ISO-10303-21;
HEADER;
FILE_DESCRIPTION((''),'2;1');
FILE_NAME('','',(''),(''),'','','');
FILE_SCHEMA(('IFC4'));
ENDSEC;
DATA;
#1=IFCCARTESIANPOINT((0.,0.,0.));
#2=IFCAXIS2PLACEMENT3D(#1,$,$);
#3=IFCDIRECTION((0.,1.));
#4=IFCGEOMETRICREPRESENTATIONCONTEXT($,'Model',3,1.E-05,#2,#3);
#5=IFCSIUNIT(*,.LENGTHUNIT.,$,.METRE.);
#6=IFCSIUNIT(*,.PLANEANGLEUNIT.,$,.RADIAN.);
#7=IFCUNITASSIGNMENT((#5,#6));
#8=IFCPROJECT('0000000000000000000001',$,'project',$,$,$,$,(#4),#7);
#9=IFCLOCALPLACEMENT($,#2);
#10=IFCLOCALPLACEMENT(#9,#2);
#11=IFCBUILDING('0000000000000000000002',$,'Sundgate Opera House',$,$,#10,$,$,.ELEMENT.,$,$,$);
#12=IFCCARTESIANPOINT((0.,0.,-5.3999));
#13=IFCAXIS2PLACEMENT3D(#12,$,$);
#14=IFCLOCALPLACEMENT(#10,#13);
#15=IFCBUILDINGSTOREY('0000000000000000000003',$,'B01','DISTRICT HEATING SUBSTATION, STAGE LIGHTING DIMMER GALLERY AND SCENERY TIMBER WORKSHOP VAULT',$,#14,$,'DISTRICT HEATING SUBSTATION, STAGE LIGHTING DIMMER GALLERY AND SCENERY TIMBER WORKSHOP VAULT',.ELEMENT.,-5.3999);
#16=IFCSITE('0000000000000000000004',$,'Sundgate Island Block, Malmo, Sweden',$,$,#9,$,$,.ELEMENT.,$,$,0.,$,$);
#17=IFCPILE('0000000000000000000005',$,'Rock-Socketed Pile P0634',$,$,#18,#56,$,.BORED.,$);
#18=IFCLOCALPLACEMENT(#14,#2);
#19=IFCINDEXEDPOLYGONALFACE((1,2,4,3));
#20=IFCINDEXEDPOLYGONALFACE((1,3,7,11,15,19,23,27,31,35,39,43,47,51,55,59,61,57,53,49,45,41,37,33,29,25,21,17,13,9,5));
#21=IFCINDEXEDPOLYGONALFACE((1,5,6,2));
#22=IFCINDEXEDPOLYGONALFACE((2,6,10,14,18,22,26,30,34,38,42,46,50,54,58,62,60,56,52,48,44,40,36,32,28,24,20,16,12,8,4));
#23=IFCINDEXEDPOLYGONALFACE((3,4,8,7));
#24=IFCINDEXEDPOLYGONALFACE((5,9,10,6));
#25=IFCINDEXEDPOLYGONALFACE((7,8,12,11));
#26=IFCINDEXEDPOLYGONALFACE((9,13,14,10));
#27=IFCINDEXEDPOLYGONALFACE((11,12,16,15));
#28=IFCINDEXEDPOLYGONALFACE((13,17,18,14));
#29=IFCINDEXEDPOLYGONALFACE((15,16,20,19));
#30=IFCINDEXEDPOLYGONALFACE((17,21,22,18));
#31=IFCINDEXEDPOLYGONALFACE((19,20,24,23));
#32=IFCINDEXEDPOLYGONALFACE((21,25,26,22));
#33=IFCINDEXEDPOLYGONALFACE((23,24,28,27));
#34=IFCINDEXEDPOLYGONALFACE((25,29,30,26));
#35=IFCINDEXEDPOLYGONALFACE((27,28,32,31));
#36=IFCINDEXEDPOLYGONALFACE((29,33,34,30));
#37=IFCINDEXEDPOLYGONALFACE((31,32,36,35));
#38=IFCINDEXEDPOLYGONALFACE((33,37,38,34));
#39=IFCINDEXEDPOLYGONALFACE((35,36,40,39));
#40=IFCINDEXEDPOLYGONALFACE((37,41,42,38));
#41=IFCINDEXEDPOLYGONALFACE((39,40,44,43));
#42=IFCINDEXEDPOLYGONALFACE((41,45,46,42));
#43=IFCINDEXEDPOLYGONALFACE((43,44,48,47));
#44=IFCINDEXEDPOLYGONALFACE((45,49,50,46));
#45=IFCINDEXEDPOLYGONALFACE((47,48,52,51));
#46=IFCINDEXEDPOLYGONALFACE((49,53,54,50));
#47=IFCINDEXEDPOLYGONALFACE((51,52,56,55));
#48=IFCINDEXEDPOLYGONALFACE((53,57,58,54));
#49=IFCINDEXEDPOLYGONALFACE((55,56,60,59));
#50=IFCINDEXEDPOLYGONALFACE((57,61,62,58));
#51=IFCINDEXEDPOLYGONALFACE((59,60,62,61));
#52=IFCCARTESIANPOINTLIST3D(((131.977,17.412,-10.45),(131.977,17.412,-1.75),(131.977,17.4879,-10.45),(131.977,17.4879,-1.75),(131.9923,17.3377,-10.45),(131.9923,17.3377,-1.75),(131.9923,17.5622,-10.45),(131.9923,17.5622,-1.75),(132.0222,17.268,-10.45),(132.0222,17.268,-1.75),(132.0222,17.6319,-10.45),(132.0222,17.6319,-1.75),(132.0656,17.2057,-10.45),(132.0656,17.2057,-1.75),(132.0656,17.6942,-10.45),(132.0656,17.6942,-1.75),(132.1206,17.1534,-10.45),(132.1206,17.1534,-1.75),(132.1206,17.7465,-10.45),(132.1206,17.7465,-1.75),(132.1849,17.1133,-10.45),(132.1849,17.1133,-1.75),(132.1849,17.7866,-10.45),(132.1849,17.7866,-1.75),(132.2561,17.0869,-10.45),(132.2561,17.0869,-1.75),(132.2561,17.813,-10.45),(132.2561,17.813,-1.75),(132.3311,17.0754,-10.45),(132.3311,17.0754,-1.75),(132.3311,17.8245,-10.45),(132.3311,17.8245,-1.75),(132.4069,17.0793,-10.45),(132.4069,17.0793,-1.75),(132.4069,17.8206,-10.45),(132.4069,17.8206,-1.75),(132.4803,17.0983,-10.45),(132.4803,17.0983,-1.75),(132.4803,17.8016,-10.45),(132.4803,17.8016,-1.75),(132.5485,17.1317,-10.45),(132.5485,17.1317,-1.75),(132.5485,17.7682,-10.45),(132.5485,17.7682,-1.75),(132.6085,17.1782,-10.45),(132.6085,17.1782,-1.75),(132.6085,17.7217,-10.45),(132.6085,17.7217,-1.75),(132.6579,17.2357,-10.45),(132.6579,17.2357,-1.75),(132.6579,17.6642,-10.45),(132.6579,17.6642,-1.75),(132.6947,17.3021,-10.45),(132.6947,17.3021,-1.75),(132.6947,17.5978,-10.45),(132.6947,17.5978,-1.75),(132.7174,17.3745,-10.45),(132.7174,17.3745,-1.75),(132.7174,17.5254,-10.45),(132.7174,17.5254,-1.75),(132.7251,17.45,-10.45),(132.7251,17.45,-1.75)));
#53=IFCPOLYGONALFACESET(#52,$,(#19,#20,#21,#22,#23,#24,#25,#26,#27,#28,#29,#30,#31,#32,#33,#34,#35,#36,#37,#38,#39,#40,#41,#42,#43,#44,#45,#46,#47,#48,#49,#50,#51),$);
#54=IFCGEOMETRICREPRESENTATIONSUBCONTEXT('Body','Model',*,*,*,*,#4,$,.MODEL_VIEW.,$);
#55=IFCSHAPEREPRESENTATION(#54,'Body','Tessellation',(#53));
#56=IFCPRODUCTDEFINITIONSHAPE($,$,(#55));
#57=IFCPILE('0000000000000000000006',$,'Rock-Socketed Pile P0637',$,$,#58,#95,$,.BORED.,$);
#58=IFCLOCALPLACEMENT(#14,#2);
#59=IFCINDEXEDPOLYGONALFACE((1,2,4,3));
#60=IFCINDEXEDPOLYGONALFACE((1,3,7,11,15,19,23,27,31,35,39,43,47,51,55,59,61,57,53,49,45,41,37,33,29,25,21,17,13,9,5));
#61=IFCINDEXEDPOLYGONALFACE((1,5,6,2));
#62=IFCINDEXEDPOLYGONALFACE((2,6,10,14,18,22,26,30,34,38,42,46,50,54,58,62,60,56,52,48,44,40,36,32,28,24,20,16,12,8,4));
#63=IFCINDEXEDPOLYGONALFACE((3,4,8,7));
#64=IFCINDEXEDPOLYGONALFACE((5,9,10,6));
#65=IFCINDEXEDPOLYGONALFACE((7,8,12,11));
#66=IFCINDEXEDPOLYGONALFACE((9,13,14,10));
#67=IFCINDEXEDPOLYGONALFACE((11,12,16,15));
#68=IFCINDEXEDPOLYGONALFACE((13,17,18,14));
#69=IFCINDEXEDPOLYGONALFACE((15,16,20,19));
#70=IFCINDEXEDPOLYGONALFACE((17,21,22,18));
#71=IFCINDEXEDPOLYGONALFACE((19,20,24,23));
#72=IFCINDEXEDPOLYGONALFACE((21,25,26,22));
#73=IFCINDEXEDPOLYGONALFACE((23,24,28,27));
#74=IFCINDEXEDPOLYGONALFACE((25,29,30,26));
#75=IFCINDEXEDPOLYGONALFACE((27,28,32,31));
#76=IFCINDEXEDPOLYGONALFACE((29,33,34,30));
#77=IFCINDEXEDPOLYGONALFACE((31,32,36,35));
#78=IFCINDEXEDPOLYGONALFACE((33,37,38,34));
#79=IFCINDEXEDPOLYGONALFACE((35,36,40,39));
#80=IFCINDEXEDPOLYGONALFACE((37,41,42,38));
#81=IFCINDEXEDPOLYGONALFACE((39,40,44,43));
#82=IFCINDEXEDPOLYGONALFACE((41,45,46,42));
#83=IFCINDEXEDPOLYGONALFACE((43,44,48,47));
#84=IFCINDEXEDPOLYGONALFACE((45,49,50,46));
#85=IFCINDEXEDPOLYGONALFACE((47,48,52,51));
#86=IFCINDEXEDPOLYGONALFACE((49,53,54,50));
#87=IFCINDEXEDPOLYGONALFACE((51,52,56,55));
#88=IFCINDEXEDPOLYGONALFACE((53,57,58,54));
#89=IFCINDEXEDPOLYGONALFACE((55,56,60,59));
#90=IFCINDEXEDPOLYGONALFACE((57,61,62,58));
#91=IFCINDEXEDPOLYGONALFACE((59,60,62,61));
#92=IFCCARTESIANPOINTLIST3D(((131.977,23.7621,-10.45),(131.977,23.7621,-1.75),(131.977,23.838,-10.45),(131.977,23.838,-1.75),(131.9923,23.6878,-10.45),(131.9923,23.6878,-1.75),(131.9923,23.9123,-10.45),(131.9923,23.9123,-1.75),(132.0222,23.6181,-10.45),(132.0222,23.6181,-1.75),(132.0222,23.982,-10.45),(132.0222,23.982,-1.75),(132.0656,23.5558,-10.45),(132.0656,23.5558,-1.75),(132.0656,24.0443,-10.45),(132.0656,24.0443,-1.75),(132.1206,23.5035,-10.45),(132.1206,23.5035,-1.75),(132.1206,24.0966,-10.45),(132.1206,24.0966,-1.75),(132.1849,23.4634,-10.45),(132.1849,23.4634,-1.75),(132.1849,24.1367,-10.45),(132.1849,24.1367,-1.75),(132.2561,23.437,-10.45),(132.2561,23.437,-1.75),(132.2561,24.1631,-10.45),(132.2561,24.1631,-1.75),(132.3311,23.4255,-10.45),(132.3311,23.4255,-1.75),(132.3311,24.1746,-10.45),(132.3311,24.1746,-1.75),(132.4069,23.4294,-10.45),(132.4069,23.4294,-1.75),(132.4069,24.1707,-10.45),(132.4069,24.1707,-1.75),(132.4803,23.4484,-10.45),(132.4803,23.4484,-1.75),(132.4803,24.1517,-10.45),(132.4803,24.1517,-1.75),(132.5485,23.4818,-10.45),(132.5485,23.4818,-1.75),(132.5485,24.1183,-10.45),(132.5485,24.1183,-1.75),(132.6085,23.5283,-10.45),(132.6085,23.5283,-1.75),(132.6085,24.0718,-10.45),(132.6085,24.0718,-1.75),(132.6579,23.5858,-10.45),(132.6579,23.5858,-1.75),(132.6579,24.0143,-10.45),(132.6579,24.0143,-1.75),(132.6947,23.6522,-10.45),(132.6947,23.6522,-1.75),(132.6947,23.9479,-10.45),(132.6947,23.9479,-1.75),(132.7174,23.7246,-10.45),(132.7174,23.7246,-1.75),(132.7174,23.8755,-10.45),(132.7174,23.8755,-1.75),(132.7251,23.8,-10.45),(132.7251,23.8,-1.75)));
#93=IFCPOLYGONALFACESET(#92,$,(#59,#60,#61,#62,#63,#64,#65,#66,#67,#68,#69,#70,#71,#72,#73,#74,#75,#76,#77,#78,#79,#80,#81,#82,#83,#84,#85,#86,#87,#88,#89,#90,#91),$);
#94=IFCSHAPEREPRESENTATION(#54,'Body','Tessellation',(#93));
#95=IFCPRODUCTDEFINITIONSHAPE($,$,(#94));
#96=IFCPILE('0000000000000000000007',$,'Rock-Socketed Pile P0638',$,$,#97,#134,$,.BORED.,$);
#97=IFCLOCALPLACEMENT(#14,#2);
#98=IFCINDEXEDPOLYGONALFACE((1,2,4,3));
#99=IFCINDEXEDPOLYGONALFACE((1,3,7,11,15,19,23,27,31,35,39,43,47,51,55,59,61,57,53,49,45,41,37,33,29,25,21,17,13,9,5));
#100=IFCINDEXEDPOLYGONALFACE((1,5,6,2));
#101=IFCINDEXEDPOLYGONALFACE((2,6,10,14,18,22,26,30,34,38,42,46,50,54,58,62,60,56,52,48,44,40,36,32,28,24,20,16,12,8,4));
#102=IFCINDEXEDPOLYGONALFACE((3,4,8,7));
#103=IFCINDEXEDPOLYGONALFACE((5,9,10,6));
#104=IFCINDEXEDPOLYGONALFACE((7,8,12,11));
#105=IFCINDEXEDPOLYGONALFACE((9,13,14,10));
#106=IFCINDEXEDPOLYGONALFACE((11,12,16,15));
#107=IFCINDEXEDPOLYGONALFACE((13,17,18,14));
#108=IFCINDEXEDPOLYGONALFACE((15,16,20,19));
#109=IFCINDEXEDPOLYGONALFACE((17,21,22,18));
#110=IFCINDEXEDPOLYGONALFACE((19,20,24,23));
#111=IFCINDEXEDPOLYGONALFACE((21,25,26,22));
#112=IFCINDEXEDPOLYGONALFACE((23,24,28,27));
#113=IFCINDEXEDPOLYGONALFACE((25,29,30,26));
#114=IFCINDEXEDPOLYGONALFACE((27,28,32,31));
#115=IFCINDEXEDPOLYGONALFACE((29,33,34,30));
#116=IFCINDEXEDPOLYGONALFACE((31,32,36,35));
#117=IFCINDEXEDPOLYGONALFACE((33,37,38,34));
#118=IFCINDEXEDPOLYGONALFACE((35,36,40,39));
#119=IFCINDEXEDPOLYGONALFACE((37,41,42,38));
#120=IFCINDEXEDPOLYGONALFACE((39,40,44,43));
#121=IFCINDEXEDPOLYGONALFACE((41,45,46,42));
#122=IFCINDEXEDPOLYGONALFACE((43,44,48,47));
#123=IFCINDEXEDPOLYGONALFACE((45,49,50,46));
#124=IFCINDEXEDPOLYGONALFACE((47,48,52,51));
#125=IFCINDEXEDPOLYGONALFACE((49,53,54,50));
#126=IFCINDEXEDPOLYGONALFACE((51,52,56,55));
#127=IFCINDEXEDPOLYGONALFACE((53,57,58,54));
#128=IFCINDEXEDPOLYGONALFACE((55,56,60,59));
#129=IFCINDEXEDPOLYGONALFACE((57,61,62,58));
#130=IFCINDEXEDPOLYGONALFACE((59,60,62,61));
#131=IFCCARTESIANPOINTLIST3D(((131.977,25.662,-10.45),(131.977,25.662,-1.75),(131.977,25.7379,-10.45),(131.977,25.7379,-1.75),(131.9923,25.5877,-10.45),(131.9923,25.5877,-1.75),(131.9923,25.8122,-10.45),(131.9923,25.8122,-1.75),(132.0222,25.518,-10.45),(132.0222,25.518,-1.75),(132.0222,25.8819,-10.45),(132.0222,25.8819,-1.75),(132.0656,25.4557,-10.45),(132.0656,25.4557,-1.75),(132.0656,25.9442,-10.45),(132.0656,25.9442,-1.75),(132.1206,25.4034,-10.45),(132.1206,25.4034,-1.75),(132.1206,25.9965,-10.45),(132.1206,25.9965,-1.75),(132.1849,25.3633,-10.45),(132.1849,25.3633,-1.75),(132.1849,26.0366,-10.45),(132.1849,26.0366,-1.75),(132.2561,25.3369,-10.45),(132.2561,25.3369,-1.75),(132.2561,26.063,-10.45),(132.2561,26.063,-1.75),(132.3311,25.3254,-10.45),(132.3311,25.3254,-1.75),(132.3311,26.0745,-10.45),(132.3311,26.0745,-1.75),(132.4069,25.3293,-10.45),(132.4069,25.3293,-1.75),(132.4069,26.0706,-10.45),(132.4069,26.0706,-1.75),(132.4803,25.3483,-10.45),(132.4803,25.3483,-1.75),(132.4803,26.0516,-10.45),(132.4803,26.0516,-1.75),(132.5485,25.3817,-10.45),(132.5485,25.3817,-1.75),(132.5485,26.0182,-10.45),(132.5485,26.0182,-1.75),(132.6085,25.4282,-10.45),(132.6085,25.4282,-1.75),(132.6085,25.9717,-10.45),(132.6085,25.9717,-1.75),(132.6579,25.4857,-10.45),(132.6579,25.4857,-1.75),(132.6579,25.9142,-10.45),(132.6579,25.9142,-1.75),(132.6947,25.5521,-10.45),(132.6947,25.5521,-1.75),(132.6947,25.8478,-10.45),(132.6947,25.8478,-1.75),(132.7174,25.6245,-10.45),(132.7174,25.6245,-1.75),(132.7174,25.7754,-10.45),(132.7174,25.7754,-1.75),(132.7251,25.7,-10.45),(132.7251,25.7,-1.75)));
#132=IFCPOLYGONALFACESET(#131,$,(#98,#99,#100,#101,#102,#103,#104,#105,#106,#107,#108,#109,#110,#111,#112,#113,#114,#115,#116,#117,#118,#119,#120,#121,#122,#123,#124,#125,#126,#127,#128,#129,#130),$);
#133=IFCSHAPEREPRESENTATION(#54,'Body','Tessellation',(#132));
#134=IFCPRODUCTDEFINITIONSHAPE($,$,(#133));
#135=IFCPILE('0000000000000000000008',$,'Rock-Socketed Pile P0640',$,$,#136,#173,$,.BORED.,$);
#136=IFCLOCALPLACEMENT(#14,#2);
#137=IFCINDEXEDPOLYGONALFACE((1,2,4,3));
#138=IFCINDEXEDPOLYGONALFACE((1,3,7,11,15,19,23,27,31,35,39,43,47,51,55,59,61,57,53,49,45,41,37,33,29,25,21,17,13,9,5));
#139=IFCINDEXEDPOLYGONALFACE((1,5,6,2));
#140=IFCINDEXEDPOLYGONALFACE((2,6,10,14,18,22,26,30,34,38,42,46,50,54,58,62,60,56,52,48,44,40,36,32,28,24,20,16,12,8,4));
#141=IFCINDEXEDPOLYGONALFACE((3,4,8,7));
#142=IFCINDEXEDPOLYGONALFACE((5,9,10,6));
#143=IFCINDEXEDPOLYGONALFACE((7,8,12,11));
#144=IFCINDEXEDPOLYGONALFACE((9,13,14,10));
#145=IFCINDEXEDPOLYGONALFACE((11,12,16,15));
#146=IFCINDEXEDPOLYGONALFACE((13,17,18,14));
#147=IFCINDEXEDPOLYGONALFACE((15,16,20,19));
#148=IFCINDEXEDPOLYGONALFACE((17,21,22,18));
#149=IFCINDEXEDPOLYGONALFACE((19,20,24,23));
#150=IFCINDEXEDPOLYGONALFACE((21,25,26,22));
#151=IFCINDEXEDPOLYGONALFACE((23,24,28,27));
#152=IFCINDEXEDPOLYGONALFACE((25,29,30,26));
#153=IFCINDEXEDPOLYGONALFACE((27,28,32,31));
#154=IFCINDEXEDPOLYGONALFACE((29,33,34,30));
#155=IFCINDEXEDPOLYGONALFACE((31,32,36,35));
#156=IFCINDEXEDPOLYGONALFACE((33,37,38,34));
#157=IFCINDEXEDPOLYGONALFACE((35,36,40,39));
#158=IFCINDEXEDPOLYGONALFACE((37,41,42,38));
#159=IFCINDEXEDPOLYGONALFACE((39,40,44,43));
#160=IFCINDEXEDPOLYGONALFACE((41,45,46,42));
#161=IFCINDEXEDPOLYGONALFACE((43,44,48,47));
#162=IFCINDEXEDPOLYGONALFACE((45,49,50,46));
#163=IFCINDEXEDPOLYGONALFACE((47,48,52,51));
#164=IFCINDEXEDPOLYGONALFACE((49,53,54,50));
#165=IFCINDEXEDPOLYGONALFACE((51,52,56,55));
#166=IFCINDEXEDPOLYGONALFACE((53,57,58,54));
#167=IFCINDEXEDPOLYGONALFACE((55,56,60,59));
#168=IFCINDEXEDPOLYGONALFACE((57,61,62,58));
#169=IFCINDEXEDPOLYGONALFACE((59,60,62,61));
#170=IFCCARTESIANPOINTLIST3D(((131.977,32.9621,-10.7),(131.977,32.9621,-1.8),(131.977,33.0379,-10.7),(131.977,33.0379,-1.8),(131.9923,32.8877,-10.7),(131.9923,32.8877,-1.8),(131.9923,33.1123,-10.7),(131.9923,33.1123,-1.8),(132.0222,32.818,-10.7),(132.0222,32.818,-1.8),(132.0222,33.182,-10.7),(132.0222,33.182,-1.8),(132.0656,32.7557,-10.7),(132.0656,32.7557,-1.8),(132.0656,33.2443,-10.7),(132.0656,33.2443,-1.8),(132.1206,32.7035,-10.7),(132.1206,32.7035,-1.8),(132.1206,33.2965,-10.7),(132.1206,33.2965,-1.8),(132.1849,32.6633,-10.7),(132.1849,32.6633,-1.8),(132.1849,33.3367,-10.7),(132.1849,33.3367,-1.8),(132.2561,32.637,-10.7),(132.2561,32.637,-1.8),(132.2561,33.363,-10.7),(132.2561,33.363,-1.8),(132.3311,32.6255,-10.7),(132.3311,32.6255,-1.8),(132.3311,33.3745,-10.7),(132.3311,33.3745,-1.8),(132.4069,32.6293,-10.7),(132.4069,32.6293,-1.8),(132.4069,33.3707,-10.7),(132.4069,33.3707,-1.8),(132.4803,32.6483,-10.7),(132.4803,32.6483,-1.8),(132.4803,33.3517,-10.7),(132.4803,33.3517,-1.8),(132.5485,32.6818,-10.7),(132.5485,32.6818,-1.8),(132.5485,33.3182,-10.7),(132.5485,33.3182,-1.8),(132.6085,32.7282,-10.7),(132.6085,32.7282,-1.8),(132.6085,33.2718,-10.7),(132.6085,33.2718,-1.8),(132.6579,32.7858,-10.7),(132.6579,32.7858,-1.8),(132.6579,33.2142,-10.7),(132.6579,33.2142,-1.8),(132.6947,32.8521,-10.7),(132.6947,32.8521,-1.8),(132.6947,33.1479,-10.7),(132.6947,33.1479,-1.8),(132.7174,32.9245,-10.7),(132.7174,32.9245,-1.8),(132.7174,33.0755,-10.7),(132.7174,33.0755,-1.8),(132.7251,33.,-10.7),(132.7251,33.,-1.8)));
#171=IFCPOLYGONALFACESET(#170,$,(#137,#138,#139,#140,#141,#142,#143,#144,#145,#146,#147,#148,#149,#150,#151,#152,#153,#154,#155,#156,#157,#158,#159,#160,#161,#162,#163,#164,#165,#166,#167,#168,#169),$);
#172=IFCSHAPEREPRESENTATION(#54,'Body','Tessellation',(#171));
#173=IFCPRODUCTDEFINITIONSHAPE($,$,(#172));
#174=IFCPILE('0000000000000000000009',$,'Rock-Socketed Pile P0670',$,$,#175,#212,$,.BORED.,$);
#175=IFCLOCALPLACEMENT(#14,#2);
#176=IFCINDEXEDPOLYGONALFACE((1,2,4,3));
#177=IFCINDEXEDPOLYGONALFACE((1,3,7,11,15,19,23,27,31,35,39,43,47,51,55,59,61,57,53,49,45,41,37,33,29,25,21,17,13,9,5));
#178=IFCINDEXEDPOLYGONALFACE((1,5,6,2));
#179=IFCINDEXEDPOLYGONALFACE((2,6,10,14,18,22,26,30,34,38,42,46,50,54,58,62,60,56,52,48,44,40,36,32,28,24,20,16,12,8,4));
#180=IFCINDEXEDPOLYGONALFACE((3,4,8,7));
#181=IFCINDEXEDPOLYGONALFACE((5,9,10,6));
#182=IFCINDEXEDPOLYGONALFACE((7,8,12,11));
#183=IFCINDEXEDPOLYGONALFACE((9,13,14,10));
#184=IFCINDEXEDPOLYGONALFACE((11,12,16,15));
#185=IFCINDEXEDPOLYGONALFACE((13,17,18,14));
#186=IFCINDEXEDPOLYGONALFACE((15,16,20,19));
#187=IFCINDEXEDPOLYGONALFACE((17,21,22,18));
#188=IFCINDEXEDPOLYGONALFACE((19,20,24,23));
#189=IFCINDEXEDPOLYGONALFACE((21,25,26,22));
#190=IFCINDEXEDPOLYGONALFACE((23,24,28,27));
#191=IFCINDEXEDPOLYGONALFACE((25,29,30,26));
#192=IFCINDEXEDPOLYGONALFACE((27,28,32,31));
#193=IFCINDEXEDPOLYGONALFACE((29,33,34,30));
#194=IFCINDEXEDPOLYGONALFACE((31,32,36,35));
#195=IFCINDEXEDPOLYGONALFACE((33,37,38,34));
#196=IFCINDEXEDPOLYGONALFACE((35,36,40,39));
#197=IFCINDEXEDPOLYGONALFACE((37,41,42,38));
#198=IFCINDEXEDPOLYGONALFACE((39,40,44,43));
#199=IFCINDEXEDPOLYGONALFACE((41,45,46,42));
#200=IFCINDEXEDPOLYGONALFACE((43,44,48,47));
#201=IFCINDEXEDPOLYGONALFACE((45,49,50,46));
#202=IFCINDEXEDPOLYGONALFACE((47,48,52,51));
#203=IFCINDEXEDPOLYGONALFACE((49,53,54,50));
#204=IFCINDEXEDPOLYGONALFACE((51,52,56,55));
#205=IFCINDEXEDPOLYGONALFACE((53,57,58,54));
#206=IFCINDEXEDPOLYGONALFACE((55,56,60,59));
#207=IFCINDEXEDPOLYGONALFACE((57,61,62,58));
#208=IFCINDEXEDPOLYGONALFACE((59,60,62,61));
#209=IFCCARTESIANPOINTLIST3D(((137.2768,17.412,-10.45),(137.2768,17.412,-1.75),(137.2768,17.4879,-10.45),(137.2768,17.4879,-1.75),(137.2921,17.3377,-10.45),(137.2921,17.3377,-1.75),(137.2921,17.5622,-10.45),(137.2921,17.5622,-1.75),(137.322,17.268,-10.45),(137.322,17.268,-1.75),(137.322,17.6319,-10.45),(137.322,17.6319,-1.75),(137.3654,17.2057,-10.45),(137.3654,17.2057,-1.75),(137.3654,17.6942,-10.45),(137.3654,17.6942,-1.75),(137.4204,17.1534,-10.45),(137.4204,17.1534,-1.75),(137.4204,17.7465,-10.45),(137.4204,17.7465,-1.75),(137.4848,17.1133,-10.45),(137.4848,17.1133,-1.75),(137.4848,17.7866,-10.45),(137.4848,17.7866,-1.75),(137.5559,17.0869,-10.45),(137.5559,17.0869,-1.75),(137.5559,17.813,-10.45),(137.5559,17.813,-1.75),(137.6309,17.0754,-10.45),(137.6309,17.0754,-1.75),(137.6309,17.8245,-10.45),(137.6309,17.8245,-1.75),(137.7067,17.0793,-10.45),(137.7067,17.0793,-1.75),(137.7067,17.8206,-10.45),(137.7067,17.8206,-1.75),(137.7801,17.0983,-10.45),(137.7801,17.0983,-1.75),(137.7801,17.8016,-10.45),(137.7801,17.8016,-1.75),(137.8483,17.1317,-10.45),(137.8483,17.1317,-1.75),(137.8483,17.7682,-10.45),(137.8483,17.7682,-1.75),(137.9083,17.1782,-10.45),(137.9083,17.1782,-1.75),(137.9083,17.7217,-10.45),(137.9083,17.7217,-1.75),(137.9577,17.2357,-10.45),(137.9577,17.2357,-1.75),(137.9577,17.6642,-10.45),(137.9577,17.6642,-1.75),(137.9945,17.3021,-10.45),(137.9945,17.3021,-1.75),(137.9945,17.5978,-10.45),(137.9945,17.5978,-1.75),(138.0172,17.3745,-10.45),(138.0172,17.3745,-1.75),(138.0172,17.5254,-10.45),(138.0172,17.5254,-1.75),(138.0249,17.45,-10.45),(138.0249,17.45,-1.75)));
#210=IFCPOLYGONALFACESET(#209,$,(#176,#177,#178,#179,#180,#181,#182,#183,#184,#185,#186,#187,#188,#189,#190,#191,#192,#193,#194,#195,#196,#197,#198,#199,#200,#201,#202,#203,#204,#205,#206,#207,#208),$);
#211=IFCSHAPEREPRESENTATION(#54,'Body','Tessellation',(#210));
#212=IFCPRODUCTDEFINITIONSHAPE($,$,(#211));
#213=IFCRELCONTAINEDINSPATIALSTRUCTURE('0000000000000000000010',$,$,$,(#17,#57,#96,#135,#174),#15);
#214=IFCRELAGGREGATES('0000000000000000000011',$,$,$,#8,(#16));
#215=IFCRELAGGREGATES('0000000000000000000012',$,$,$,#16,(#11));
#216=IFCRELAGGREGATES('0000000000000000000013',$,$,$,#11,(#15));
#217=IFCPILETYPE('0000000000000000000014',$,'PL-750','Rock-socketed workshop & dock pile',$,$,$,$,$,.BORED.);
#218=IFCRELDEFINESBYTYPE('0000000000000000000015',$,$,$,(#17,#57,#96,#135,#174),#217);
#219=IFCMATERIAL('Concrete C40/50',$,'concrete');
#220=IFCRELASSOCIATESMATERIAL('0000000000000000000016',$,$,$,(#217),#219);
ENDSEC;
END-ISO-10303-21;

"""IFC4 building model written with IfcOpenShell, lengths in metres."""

from ifc_helpers import new_model, si_unit, direction, frame, origin, origin_2d, place, context, subcontext, project, spatial, circle, extrude, material, material_profile, profile_set, type_object, element, save


model = new_model("IFC4")

# Units and contexts
model_context = context("Model", 3, precision=1e-05, world=origin(), true_north=direction((0.0, 1.0)))
body_context = subcontext(model_context, "Body", "Model", "MODEL_VIEW")
ifc_project = project(units=[si_unit("LENGTHUNIT", "METRE"), si_unit("PLANEANGLEUNIT", "RADIAN")], contexts=[model_context])

# Site, building, storey
site_placement = place(None, origin())
site = spatial("IfcSite", under=ifc_project, at=site_placement, Name="Sundgate Island Block, Malmo, Sweden", CompositionType="ELEMENT", RefElevation=0.0)
building_placement = place(site_placement, origin())
building = spatial("IfcBuilding", under=site, at=building_placement, Name="Sundgate Opera House", CompositionType="ELEMENT")
storey_placement = place(building_placement, frame((0.0, 0.0, -5.3999)))
storey = spatial("IfcBuildingStorey", under=building, at=storey_placement, Name="B01", Description="DISTRICT HEATING SUBSTATION, STAGE LIGHTING DIMMER GALLERY AND SCENERY TIMBER WORKSHOP VAULT", LongName="DISTRICT HEATING SUBSTATION, STAGE LIGHTING DIMMER GALLERY AND SCENERY TIMBER WORKSHOP VAULT", CompositionType="ELEMENT", Elevation=-5.3999)

# Piles
ifc_material_1 = material(Name="Concrete C40/50", Category="concrete")
ifc_material_profile_1 = material_profile(ifc_material_1, circle(Radius=0.375, at=origin_2d()), Name="PILE D750")
ifc_profile_set_1 = profile_set([ifc_material_profile_1], Name="Concrete C40/50")
pile_type = type_object("IfcPileType", Name="PL-750", Description="Rock-socketed workshop & dock pile", PredefinedType="BORED", material=ifc_profile_set_1)
for number, where, z_axis, x_axis, name in (
    (1, (132.3501, 17.45, -1.75), (0.0, 0.0, -1.0), (1.0, 0.0, 0.0), "Rock-Socketed Pile P0634"),
    (2, (132.3501, 23.8, -1.75), (0.0, 0.0, -1.0), (1.0, 0.0, 0.0), "Rock-Socketed Pile P0637"),
    (3, (132.3501, 25.7, -1.75), (0.0, 0.0, -1.0), (1.0, 0.0, 0.0), "Rock-Socketed Pile P0638"),
):
    element("IfcPile", number, at=place(storey_placement, frame(where, z_axis=z_axis, x_axis=x_axis)), inside=storey, type_object=pile_type, Name=name, PredefinedType="BORED", context=body_context, shape_type="SweptSolid", body=[
        extrude(circle(Radius=0.375, at=origin_2d()), origin(), (0.0, 0.0, 1.0), 8.7),
    ])
pile_1_placement = place(storey_placement, frame((132.3501, 33.0, -1.8), z_axis=(0.0, 0.0, -1.0), x_axis=(1.0, 0.0, 0.0)))
element("IfcPile", 4, at=pile_1_placement, inside=storey, type_object=pile_type, Name="Rock-Socketed Pile P0640", PredefinedType="BORED", context=body_context, shape_type="SweptSolid", body=[
    extrude(circle(Radius=0.375, at=origin_2d()), origin(), (0.0, 0.0, 1.0), 8.8999),
])
for number, where, z_axis, x_axis, name in (
    (5, (137.6499, 17.45, -1.75), (0.0, 0.0, -1.0), (1.0, 0.0, 0.0), "Rock-Socketed Pile P0670"),
):
    element("IfcPile", number, at=place(storey_placement, frame(where, z_axis=z_axis, x_axis=x_axis)), inside=storey, type_object=pile_type, Name=name, PredefinedType="BORED", context=body_context, shape_type="SweptSolid", body=[
        extrude(circle(Radius=0.375, at=origin_2d()), origin(), (0.0, 0.0, 1.0), 8.7),
    ])

save(model, "model.ifc")
